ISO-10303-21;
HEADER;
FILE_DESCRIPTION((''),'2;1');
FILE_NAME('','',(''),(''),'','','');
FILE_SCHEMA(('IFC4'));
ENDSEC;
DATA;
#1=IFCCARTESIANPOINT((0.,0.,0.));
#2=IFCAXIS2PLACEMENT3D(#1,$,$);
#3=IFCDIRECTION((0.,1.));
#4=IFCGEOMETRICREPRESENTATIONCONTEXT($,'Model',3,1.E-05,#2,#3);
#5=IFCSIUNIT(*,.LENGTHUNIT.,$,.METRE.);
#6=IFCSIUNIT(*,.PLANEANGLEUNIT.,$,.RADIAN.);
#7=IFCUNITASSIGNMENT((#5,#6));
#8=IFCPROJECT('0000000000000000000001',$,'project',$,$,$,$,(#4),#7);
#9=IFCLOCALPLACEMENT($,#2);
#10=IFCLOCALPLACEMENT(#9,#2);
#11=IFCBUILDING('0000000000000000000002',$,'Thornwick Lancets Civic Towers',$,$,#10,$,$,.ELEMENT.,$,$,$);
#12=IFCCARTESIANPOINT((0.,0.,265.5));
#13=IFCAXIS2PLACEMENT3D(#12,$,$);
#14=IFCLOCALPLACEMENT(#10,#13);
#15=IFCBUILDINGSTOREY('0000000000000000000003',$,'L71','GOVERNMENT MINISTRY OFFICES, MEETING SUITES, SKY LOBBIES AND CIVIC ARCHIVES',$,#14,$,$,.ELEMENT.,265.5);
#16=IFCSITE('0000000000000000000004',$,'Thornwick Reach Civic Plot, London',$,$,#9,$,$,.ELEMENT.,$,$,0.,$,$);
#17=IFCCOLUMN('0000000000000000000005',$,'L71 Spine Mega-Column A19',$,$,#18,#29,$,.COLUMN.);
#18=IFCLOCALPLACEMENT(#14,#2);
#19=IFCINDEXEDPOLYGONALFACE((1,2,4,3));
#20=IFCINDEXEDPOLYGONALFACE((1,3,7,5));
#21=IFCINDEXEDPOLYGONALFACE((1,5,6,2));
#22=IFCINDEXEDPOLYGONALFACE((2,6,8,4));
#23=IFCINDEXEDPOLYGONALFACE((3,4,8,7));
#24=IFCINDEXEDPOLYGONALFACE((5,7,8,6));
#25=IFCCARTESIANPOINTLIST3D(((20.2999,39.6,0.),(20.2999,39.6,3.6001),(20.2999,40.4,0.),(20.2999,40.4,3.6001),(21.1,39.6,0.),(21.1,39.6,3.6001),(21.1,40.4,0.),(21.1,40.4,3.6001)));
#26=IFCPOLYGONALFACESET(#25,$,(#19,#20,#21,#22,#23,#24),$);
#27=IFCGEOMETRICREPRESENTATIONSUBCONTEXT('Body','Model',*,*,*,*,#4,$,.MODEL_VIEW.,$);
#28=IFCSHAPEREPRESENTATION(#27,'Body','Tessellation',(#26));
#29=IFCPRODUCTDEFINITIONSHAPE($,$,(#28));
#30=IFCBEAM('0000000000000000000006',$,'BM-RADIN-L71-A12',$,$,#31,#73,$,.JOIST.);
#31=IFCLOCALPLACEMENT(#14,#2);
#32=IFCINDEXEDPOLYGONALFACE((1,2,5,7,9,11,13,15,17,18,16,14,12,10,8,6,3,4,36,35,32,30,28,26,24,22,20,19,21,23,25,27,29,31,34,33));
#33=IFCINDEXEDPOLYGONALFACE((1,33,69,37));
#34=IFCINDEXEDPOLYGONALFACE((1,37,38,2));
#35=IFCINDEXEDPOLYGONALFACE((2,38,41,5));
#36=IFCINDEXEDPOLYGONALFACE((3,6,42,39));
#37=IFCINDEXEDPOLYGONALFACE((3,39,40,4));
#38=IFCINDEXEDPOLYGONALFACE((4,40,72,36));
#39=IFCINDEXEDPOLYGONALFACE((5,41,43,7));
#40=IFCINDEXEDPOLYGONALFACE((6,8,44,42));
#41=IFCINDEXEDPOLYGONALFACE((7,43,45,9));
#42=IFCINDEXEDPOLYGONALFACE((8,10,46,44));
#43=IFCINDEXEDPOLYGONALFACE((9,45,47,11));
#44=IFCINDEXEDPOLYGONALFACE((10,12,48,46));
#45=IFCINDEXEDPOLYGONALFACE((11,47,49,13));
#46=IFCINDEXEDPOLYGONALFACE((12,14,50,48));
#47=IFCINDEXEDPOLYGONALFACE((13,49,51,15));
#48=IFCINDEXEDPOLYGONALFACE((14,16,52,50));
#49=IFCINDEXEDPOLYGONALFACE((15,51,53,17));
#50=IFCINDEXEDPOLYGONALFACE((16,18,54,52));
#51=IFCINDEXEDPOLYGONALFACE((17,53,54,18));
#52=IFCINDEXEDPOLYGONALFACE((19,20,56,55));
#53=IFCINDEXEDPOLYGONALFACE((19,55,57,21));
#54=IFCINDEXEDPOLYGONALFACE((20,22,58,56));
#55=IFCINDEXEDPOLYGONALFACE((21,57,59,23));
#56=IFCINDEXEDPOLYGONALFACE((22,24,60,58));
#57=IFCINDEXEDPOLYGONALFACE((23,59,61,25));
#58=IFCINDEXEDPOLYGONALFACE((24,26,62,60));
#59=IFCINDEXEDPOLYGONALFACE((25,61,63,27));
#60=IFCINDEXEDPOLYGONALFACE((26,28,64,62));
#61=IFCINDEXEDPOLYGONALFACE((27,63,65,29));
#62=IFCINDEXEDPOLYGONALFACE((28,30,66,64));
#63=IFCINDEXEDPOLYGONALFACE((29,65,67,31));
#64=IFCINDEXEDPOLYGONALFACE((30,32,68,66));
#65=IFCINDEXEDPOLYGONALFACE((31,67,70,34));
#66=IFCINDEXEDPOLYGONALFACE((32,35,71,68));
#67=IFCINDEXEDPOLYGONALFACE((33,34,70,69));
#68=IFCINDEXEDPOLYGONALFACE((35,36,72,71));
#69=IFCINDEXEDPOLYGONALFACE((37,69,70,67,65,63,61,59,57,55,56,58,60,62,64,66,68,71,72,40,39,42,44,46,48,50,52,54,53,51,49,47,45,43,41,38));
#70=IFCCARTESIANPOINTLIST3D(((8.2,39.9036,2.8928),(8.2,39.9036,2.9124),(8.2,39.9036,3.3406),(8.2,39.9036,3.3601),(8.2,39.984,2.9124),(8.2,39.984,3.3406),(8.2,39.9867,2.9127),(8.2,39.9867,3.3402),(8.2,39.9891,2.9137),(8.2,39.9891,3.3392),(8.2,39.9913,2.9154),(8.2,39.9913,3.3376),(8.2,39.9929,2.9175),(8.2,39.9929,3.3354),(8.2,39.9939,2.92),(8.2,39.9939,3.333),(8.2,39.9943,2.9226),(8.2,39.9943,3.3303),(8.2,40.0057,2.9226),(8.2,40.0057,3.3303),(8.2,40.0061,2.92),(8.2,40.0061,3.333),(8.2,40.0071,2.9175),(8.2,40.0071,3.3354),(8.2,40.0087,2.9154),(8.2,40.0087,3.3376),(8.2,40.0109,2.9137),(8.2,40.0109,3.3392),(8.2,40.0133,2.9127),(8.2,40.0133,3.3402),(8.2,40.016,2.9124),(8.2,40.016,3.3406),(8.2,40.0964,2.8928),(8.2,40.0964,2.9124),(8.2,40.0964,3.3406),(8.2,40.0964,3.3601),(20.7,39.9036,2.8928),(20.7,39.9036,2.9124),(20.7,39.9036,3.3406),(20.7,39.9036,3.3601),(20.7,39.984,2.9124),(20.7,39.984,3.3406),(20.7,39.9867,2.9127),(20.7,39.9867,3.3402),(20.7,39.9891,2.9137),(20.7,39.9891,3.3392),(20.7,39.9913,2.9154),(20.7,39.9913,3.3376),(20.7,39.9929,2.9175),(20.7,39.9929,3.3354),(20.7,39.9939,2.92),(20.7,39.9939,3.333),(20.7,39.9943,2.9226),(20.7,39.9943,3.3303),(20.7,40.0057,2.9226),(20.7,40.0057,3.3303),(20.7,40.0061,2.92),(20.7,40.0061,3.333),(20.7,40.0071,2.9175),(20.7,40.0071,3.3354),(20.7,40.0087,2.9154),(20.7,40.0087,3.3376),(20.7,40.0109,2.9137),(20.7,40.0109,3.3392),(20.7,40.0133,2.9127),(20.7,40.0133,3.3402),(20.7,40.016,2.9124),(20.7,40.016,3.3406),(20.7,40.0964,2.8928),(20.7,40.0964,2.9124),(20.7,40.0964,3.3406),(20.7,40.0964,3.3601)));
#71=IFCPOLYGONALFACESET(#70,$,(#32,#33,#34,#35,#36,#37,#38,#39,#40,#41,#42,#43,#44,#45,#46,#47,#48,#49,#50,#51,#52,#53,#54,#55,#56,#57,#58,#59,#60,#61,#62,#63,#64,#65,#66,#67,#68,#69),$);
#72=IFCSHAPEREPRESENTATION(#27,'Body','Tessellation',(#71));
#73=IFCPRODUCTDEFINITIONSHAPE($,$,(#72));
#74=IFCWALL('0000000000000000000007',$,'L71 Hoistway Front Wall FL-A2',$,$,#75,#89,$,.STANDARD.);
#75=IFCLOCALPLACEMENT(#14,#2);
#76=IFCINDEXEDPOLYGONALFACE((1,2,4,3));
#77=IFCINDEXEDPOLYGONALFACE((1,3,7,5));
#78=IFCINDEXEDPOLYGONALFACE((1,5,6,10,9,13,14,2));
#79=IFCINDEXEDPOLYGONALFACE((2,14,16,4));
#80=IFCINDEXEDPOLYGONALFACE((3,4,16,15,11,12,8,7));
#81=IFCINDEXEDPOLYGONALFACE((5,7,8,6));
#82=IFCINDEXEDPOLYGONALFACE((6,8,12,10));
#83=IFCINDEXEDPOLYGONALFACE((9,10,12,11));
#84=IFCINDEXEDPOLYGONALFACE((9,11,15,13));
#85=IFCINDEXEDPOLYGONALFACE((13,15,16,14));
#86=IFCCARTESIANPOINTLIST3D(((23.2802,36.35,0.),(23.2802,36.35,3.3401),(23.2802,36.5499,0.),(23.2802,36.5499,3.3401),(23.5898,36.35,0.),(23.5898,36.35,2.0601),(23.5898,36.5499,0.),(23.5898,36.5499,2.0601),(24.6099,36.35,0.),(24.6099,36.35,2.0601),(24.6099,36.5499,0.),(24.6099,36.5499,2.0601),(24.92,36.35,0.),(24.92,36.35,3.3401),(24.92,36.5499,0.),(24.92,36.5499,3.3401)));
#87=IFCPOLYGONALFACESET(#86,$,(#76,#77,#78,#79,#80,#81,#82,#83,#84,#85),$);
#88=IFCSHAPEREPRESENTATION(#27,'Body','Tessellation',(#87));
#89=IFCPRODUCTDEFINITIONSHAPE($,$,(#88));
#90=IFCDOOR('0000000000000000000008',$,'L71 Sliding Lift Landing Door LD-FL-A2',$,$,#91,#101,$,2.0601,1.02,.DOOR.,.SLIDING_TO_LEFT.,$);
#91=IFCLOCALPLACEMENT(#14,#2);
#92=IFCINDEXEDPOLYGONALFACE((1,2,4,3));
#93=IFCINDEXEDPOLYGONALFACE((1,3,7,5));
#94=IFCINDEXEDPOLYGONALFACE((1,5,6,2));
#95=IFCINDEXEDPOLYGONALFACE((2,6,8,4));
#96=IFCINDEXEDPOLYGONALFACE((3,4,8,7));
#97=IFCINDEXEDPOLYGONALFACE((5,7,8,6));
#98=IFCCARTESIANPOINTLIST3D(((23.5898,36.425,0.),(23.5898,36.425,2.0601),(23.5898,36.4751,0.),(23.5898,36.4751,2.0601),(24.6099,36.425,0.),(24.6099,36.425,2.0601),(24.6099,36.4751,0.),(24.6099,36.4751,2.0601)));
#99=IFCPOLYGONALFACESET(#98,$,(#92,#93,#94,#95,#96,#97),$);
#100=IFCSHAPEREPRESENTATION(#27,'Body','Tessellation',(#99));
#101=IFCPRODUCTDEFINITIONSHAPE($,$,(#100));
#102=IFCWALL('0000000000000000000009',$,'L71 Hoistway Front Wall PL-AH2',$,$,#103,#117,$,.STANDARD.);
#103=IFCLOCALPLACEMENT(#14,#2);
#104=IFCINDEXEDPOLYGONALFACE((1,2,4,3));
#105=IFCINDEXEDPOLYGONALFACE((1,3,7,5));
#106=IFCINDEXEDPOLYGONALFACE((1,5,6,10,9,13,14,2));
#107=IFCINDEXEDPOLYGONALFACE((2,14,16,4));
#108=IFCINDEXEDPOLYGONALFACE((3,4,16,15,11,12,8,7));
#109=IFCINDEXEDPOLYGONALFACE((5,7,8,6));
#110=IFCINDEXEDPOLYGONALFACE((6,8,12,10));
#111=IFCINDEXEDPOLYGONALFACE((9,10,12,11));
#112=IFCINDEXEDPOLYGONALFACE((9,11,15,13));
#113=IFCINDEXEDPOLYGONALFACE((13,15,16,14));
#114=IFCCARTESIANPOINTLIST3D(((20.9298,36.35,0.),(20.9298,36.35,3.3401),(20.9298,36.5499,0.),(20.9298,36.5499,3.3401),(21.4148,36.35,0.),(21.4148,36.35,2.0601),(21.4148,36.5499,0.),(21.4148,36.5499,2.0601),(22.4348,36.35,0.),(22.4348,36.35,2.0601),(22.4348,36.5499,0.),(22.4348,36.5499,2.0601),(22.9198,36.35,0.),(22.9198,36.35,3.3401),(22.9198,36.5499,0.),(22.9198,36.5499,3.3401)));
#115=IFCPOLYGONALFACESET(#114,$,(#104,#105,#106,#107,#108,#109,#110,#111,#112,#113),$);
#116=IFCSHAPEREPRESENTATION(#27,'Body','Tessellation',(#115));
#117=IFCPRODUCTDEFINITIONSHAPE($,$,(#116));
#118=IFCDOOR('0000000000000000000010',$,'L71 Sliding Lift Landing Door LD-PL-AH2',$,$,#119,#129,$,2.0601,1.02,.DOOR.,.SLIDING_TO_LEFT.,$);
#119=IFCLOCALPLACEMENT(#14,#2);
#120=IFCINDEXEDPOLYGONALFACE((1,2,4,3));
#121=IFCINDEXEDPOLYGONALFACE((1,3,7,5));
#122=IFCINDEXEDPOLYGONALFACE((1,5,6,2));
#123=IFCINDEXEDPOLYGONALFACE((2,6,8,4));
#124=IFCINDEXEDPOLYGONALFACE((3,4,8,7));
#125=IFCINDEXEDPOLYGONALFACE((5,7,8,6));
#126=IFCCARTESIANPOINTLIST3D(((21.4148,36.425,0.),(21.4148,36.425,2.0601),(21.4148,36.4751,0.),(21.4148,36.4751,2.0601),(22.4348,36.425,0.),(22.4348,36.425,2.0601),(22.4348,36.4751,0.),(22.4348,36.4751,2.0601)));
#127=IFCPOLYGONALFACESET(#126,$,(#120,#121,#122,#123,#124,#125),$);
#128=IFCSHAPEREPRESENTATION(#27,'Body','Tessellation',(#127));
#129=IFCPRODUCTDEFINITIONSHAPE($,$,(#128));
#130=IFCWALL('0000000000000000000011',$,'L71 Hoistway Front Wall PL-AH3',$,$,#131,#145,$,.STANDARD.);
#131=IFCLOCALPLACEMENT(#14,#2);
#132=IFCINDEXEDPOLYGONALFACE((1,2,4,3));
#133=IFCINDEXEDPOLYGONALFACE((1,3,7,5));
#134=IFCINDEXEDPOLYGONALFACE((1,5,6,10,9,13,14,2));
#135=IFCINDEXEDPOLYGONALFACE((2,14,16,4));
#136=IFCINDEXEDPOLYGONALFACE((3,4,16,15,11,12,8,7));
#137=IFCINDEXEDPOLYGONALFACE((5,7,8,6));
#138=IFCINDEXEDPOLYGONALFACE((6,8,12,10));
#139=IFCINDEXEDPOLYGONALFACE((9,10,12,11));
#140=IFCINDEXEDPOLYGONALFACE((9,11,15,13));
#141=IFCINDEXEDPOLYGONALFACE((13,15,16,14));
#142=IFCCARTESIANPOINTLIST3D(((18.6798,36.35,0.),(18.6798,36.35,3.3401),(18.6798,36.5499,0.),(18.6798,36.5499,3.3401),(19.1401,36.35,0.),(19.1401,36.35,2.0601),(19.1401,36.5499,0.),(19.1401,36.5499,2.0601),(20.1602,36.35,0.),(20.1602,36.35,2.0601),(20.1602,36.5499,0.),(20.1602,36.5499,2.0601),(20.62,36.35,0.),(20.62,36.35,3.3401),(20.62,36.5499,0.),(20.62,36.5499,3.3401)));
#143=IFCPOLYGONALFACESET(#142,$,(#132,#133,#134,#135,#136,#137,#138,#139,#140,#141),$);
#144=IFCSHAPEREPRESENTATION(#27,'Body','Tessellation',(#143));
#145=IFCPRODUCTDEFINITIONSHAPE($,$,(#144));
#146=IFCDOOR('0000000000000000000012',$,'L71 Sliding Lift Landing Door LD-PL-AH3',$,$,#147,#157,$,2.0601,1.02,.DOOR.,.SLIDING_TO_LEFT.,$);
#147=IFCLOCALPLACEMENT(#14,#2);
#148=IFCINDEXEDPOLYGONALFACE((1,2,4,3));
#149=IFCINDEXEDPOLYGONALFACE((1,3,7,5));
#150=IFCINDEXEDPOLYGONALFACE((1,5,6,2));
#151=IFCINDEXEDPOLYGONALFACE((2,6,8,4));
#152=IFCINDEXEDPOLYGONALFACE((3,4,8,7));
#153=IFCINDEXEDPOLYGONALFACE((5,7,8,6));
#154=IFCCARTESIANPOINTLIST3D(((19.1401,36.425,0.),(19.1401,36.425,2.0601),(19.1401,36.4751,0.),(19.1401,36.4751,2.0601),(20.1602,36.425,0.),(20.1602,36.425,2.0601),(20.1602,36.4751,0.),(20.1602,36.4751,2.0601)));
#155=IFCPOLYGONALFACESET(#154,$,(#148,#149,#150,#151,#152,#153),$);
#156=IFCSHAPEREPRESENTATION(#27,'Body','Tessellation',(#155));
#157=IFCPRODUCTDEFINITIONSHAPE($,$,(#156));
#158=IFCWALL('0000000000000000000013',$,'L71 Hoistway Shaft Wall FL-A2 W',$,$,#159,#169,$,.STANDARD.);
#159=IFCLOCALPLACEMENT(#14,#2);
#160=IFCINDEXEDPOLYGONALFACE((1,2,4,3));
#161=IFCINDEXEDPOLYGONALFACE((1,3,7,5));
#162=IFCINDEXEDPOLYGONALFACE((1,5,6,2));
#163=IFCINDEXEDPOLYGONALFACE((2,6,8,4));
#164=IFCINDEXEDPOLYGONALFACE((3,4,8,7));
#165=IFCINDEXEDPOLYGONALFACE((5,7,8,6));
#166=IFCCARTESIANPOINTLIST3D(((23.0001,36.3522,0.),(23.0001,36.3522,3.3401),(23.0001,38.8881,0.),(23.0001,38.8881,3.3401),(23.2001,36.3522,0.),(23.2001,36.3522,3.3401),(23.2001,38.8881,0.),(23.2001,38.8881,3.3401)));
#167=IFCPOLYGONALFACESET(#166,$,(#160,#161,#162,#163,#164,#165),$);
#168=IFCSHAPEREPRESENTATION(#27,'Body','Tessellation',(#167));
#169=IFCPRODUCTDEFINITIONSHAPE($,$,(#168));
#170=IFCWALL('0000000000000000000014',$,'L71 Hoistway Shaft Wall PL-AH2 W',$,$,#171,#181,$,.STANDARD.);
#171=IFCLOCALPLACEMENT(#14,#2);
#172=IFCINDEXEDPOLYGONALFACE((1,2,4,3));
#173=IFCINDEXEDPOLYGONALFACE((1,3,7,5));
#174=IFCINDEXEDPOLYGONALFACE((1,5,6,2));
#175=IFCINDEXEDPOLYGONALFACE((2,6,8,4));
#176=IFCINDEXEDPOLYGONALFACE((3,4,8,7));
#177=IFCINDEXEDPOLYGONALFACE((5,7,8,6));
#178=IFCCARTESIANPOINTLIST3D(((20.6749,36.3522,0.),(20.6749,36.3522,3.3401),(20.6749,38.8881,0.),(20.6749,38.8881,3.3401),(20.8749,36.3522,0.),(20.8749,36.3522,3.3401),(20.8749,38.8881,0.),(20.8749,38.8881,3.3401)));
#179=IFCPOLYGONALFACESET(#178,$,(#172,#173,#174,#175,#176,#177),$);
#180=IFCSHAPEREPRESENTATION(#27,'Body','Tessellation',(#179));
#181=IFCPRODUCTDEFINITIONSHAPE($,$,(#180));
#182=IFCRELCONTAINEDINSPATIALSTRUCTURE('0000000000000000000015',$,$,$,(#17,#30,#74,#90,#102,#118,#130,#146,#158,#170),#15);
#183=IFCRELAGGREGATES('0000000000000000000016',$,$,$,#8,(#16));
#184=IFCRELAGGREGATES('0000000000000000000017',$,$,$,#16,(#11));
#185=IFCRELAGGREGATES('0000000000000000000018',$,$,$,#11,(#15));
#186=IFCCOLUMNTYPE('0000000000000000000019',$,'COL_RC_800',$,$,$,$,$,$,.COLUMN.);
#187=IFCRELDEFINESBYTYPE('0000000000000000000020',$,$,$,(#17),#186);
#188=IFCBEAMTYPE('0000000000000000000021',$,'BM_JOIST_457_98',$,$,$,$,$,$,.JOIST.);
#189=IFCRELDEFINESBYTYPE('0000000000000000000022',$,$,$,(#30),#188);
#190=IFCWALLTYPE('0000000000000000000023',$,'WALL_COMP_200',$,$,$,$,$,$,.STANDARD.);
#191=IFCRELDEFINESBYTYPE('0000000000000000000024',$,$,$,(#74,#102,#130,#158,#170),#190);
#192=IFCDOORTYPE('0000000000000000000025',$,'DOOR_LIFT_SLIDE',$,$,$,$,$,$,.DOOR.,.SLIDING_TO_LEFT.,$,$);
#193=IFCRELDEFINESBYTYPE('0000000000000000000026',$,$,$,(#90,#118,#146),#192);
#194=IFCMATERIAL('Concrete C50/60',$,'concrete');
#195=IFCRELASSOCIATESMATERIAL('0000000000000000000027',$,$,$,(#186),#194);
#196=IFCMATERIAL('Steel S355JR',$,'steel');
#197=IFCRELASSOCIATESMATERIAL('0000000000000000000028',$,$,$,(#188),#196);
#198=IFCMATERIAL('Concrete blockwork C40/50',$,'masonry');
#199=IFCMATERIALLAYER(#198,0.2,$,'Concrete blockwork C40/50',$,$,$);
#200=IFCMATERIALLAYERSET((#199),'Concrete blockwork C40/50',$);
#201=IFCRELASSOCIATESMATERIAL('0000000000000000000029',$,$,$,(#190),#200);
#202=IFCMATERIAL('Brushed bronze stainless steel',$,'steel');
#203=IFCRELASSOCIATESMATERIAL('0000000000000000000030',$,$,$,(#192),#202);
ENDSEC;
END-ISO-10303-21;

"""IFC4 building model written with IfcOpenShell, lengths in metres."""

from ifc_helpers import new_model, si_unit, direction, frame, frame_2d, origin, origin_2d, place, context, subcontext, project, spatial, rectangle, i_section, extrude, material, layer, layer_set, material_profile, profile_set, type_object, element, fill, save


model = new_model("IFC4")

# Units and contexts
model_context = context("Model", 3, precision=1e-05, world=origin(), true_north=direction((0.0, 1.0)))
body_context = subcontext(model_context, "Body", "Model", "MODEL_VIEW")
ifc_project = project(units=[si_unit("LENGTHUNIT", "METRE"), si_unit("PLANEANGLEUNIT", "RADIAN")], contexts=[model_context])

# Site, building, storey
site_placement = place(None, origin())
site = spatial("IfcSite", under=ifc_project, at=site_placement, Name="Thornwick Reach Civic Plot, London", CompositionType="ELEMENT", RefElevation=0.0)
building_placement = place(site_placement, origin())
building = spatial("IfcBuilding", under=site, at=building_placement, Name="Thornwick Lancets Civic Towers", CompositionType="ELEMENT")
storey_placement = place(building_placement, frame((0.0, 0.0, 265.5)))
storey = spatial("IfcBuildingStorey", under=building, at=storey_placement, Name="L71", Description="GOVERNMENT MINISTRY OFFICES, MEETING SUITES, SKY LOBBIES AND CIVIC ARCHIVES", CompositionType="ELEMENT", Elevation=265.5)

# Column
ifc_material_1 = material(Name="Concrete C50/60", Category="concrete")
ifc_material_profile_1 = material_profile(ifc_material_1, rectangle(XDim=0.8, YDim=0.8, at=origin_2d()), Name="RC 800x800")
ifc_profile_set_1 = profile_set([ifc_material_profile_1], Name="Concrete C50/60")
column_type = type_object("IfcColumnType", Name="COL_RC_800", PredefinedType="COLUMN", material=ifc_profile_set_1)
column_placement = place(storey_placement, frame((20.7, 40.0, 0.0), z_axis=(0.0, 0.0, 1.0), x_axis=(1.0, 0.0, 0.0)))
element("IfcColumn", 1, at=column_placement, inside=storey, type_object=column_type, Name="L71 Spine Mega-Column A19", PredefinedType="COLUMN", context=body_context, shape_type="SweptSolid", body=[
    extrude(rectangle(XDim=0.8, YDim=0.8, at=origin_2d()), origin(), (0.0, 0.0, 1.0), 3.6001),
])

# Beam
ifc_material_2 = material(Name="Steel S355JR", Category="steel")
ifc_material_profile_2 = material_profile(ifc_material_2, i_section(OverallWidth=0.1929, OverallDepth=0.4673, WebThickness=0.0115, FlangeThickness=0.0195, FilletRadius=0.0103, at=origin_2d()), Name="UKB 457x191x98")
ifc_profile_set_2 = profile_set([ifc_material_profile_2], Name="Steel S355JR")
beam_type = type_object("IfcBeamType", Name="BM_JOIST_457_98", PredefinedType="JOIST", material=ifc_profile_set_2)
beam_placement = place(storey_placement, frame((20.7, 40.0, 3.1265), z_axis=(-1.0, 0.0, 0.0), x_axis=(0.0, -1.0, 0.0)))
element("IfcBeam", 2, at=beam_placement, inside=storey, type_object=beam_type, Name="BM-RADIN-L71-A12", PredefinedType="JOIST", context=body_context, shape_type="SweptSolid", body=[
    extrude(i_section(OverallWidth=0.1929, OverallDepth=0.4673, WebThickness=0.0115, FlangeThickness=0.0195, FilletRadius=0.0103, at=origin_2d()), origin(), (0.0, 0.0, 1.0), 12.5),
])

# Walls, openings, doors
ifc_material_3 = material(Name="Concrete blockwork C40/50", Category="masonry")
ifc_layer_1 = layer(ifc_material_3, 0.2, Name="Concrete blockwork C40/50")
ifc_layer_set_1 = layer_set([ifc_layer_1], Name="Concrete blockwork C40/50")
wall_type_1 = type_object("IfcWallType", Name="WALL_COMP_200", PredefinedType="STANDARD", material=ifc_layer_set_1)
wall_1_placement = place(storey_placement, frame((24.9199, 36.45, 0.0), z_axis=(0.0, 0.0, 1.0), x_axis=(-1.0, 0.0, 0.0)))
wall_1 = element("IfcWall", 3, at=wall_1_placement, inside=storey, type_object=wall_type_1, Name="L71 Hoistway Front Wall FL-A2", PredefinedType="STANDARD", context=body_context, shape_type="SweptSolid", body=[
    extrude(rectangle(XDim=1.6399, YDim=0.2, at=frame_2d((0.8198, 0.0))), origin(), (0.0, 0.0, 1.0), 3.3401),
])
opening_1_placement = place(wall_1_placement, frame((0.3101, 0.0, 0.0)))
opening_1 = element("IfcOpeningElement", 4, at=opening_1_placement, cuts=wall_1, PredefinedType="OPENING", context=body_context, shape_type="SweptSolid", body=[
    extrude(rectangle(XDim=1.02, YDim=2.0601, at=frame_2d((0.51, 1.03))), frame((0.0, 0.1099, 0.0), z_axis=(0.0, -1.0, 0.0), x_axis=(1.0, 0.0, 0.0)), (0.0, 0.0, 1.0), 0.22),
])
ifc_material_4 = material(Name="Brushed bronze stainless steel", Category="steel")
door_type_1 = type_object("IfcDoorType", Name="DOOR_LIFT_SLIDE", OperationType="SLIDING_TO_LEFT", PredefinedType="DOOR", material=ifc_material_4)
door_1_placement = place(opening_1_placement, origin())
door_1 = element("IfcDoor", 5, at=door_1_placement, inside=storey, type_object=door_type_1, Name="L71 Sliding Lift Landing Door LD-FL-A2", OperationType="SLIDING_TO_LEFT", OverallHeight=2.0601, OverallWidth=1.02, PredefinedType="DOOR", context=body_context, shape_type="SweptSolid", body=[
    extrude(rectangle(XDim=1.02, YDim=2.0601, at=frame_2d((0.51, 1.03))), frame((0.0, 0.0249, 0.0), z_axis=(0.0, -1.0, 0.0), x_axis=(1.0, 0.0, 0.0)), (0.0, 0.0, 1.0), 0.05),
])
fill(opening_1, door_1)
wall_2_placement = place(storey_placement, frame((22.9199, 36.45, 0.0), z_axis=(0.0, 0.0, 1.0), x_axis=(-1.0, 0.0, 0.0)))
wall_2 = element("IfcWall", 6, at=wall_2_placement, inside=storey, type_object=wall_type_1, Name="L71 Hoistway Front Wall PL-AH2", PredefinedType="STANDARD", context=body_context, shape_type="SweptSolid", body=[
    extrude(rectangle(XDim=1.99, YDim=0.2, at=frame_2d((0.9951, 0.0))), origin(), (0.0, 0.0, 1.0), 3.3401),
])
opening_2_placement = place(wall_2_placement, frame((0.4851, 0.0, 0.0)))
opening_2 = element("IfcOpeningElement", 7, at=opening_2_placement, cuts=wall_2, PredefinedType="OPENING", context=body_context, shape_type="SweptSolid", body=[
    extrude(rectangle(XDim=1.02, YDim=2.0601, at=frame_2d((0.51, 1.03))), frame((0.0, 0.1099, 0.0), z_axis=(0.0, -1.0, 0.0), x_axis=(1.0, 0.0, 0.0)), (0.0, 0.0, 1.0), 0.22),
])
door_2_placement = place(opening_2_placement, origin())
door_2 = element("IfcDoor", 8, at=door_2_placement, inside=storey, type_object=door_type_1, Name="L71 Sliding Lift Landing Door LD-PL-AH2", OperationType="SLIDING_TO_LEFT", OverallHeight=2.0601, OverallWidth=1.02, PredefinedType="DOOR", context=body_context, shape_type="SweptSolid", body=[
    extrude(rectangle(XDim=1.02, YDim=2.0601, at=frame_2d((0.51, 1.03))), frame((0.0, 0.0249, 0.0), z_axis=(0.0, -1.0, 0.0), x_axis=(1.0, 0.0, 0.0)), (0.0, 0.0, 1.0), 0.05),
])
fill(opening_2, door_2)
wall_3_placement = place(storey_placement, frame((20.6201, 36.45, 0.0), z_axis=(0.0, 0.0, 1.0), x_axis=(-1.0, 0.0, 0.0)))
wall_3 = element("IfcWall", 9, at=wall_3_placement, inside=storey, type_object=wall_type_1, Name="L71 Hoistway Front Wall PL-AH3", PredefinedType="STANDARD", context=body_context, shape_type="SweptSolid", body=[
    extrude(rectangle(XDim=1.9402, YDim=0.2, at=frame_2d((0.9702, 0.0))), origin(), (0.0, 0.0, 1.0), 3.3401),
])
opening_3_placement = place(wall_3_placement, frame((0.46, 0.0, 0.0)))
opening_3 = element("IfcOpeningElement", 10, at=opening_3_placement, cuts=wall_3, PredefinedType="OPENING", context=body_context, shape_type="SweptSolid", body=[
    extrude(rectangle(XDim=1.02, YDim=2.0601, at=frame_2d((0.51, 1.03))), frame((0.0, 0.1099, 0.0), z_axis=(0.0, -1.0, 0.0), x_axis=(1.0, 0.0, 0.0)), (0.0, 0.0, 1.0), 0.22),
])
door_3_placement = place(opening_3_placement, origin())
door_3 = element("IfcDoor", 11, at=door_3_placement, inside=storey, type_object=door_type_1, Name="L71 Sliding Lift Landing Door LD-PL-AH3", OperationType="SLIDING_TO_LEFT", OverallHeight=2.0601, OverallWidth=1.02, PredefinedType="DOOR", context=body_context, shape_type="SweptSolid", body=[
    extrude(rectangle(XDim=1.02, YDim=2.0601, at=frame_2d((0.51, 1.03))), frame((0.0, 0.0249, 0.0), z_axis=(0.0, -1.0, 0.0), x_axis=(1.0, 0.0, 0.0)), (0.0, 0.0, 1.0), 0.05),
])
fill(opening_3, door_3)

# Walls
for number, where, z_axis, x_axis, name in (
    (12, (23.1001, 36.3521, 0.0), (0.0, 0.0, 1.0), (0.0, 1.0, 0.0), "L71 Hoistway Shaft Wall FL-A2 W"),
    (13, (20.7749, 36.3521, 0.0), (0.0, 0.0, 1.0), (0.0, 1.0, 0.0), "L71 Hoistway Shaft Wall PL-AH2 W"),
):
    element("IfcWall", number, at=place(storey_placement, frame(where, z_axis=z_axis, x_axis=x_axis)), inside=storey, type_object=wall_type_1, Name=name, PredefinedType="STANDARD", context=body_context, shape_type="SweptSolid", body=[
        extrude(rectangle(XDim=2.5359, YDim=0.2, at=frame_2d((1.2681, 0.0))), origin(), (0.0, 0.0, 1.0), 3.3401),
    ])

save(model, "model.ifc")
